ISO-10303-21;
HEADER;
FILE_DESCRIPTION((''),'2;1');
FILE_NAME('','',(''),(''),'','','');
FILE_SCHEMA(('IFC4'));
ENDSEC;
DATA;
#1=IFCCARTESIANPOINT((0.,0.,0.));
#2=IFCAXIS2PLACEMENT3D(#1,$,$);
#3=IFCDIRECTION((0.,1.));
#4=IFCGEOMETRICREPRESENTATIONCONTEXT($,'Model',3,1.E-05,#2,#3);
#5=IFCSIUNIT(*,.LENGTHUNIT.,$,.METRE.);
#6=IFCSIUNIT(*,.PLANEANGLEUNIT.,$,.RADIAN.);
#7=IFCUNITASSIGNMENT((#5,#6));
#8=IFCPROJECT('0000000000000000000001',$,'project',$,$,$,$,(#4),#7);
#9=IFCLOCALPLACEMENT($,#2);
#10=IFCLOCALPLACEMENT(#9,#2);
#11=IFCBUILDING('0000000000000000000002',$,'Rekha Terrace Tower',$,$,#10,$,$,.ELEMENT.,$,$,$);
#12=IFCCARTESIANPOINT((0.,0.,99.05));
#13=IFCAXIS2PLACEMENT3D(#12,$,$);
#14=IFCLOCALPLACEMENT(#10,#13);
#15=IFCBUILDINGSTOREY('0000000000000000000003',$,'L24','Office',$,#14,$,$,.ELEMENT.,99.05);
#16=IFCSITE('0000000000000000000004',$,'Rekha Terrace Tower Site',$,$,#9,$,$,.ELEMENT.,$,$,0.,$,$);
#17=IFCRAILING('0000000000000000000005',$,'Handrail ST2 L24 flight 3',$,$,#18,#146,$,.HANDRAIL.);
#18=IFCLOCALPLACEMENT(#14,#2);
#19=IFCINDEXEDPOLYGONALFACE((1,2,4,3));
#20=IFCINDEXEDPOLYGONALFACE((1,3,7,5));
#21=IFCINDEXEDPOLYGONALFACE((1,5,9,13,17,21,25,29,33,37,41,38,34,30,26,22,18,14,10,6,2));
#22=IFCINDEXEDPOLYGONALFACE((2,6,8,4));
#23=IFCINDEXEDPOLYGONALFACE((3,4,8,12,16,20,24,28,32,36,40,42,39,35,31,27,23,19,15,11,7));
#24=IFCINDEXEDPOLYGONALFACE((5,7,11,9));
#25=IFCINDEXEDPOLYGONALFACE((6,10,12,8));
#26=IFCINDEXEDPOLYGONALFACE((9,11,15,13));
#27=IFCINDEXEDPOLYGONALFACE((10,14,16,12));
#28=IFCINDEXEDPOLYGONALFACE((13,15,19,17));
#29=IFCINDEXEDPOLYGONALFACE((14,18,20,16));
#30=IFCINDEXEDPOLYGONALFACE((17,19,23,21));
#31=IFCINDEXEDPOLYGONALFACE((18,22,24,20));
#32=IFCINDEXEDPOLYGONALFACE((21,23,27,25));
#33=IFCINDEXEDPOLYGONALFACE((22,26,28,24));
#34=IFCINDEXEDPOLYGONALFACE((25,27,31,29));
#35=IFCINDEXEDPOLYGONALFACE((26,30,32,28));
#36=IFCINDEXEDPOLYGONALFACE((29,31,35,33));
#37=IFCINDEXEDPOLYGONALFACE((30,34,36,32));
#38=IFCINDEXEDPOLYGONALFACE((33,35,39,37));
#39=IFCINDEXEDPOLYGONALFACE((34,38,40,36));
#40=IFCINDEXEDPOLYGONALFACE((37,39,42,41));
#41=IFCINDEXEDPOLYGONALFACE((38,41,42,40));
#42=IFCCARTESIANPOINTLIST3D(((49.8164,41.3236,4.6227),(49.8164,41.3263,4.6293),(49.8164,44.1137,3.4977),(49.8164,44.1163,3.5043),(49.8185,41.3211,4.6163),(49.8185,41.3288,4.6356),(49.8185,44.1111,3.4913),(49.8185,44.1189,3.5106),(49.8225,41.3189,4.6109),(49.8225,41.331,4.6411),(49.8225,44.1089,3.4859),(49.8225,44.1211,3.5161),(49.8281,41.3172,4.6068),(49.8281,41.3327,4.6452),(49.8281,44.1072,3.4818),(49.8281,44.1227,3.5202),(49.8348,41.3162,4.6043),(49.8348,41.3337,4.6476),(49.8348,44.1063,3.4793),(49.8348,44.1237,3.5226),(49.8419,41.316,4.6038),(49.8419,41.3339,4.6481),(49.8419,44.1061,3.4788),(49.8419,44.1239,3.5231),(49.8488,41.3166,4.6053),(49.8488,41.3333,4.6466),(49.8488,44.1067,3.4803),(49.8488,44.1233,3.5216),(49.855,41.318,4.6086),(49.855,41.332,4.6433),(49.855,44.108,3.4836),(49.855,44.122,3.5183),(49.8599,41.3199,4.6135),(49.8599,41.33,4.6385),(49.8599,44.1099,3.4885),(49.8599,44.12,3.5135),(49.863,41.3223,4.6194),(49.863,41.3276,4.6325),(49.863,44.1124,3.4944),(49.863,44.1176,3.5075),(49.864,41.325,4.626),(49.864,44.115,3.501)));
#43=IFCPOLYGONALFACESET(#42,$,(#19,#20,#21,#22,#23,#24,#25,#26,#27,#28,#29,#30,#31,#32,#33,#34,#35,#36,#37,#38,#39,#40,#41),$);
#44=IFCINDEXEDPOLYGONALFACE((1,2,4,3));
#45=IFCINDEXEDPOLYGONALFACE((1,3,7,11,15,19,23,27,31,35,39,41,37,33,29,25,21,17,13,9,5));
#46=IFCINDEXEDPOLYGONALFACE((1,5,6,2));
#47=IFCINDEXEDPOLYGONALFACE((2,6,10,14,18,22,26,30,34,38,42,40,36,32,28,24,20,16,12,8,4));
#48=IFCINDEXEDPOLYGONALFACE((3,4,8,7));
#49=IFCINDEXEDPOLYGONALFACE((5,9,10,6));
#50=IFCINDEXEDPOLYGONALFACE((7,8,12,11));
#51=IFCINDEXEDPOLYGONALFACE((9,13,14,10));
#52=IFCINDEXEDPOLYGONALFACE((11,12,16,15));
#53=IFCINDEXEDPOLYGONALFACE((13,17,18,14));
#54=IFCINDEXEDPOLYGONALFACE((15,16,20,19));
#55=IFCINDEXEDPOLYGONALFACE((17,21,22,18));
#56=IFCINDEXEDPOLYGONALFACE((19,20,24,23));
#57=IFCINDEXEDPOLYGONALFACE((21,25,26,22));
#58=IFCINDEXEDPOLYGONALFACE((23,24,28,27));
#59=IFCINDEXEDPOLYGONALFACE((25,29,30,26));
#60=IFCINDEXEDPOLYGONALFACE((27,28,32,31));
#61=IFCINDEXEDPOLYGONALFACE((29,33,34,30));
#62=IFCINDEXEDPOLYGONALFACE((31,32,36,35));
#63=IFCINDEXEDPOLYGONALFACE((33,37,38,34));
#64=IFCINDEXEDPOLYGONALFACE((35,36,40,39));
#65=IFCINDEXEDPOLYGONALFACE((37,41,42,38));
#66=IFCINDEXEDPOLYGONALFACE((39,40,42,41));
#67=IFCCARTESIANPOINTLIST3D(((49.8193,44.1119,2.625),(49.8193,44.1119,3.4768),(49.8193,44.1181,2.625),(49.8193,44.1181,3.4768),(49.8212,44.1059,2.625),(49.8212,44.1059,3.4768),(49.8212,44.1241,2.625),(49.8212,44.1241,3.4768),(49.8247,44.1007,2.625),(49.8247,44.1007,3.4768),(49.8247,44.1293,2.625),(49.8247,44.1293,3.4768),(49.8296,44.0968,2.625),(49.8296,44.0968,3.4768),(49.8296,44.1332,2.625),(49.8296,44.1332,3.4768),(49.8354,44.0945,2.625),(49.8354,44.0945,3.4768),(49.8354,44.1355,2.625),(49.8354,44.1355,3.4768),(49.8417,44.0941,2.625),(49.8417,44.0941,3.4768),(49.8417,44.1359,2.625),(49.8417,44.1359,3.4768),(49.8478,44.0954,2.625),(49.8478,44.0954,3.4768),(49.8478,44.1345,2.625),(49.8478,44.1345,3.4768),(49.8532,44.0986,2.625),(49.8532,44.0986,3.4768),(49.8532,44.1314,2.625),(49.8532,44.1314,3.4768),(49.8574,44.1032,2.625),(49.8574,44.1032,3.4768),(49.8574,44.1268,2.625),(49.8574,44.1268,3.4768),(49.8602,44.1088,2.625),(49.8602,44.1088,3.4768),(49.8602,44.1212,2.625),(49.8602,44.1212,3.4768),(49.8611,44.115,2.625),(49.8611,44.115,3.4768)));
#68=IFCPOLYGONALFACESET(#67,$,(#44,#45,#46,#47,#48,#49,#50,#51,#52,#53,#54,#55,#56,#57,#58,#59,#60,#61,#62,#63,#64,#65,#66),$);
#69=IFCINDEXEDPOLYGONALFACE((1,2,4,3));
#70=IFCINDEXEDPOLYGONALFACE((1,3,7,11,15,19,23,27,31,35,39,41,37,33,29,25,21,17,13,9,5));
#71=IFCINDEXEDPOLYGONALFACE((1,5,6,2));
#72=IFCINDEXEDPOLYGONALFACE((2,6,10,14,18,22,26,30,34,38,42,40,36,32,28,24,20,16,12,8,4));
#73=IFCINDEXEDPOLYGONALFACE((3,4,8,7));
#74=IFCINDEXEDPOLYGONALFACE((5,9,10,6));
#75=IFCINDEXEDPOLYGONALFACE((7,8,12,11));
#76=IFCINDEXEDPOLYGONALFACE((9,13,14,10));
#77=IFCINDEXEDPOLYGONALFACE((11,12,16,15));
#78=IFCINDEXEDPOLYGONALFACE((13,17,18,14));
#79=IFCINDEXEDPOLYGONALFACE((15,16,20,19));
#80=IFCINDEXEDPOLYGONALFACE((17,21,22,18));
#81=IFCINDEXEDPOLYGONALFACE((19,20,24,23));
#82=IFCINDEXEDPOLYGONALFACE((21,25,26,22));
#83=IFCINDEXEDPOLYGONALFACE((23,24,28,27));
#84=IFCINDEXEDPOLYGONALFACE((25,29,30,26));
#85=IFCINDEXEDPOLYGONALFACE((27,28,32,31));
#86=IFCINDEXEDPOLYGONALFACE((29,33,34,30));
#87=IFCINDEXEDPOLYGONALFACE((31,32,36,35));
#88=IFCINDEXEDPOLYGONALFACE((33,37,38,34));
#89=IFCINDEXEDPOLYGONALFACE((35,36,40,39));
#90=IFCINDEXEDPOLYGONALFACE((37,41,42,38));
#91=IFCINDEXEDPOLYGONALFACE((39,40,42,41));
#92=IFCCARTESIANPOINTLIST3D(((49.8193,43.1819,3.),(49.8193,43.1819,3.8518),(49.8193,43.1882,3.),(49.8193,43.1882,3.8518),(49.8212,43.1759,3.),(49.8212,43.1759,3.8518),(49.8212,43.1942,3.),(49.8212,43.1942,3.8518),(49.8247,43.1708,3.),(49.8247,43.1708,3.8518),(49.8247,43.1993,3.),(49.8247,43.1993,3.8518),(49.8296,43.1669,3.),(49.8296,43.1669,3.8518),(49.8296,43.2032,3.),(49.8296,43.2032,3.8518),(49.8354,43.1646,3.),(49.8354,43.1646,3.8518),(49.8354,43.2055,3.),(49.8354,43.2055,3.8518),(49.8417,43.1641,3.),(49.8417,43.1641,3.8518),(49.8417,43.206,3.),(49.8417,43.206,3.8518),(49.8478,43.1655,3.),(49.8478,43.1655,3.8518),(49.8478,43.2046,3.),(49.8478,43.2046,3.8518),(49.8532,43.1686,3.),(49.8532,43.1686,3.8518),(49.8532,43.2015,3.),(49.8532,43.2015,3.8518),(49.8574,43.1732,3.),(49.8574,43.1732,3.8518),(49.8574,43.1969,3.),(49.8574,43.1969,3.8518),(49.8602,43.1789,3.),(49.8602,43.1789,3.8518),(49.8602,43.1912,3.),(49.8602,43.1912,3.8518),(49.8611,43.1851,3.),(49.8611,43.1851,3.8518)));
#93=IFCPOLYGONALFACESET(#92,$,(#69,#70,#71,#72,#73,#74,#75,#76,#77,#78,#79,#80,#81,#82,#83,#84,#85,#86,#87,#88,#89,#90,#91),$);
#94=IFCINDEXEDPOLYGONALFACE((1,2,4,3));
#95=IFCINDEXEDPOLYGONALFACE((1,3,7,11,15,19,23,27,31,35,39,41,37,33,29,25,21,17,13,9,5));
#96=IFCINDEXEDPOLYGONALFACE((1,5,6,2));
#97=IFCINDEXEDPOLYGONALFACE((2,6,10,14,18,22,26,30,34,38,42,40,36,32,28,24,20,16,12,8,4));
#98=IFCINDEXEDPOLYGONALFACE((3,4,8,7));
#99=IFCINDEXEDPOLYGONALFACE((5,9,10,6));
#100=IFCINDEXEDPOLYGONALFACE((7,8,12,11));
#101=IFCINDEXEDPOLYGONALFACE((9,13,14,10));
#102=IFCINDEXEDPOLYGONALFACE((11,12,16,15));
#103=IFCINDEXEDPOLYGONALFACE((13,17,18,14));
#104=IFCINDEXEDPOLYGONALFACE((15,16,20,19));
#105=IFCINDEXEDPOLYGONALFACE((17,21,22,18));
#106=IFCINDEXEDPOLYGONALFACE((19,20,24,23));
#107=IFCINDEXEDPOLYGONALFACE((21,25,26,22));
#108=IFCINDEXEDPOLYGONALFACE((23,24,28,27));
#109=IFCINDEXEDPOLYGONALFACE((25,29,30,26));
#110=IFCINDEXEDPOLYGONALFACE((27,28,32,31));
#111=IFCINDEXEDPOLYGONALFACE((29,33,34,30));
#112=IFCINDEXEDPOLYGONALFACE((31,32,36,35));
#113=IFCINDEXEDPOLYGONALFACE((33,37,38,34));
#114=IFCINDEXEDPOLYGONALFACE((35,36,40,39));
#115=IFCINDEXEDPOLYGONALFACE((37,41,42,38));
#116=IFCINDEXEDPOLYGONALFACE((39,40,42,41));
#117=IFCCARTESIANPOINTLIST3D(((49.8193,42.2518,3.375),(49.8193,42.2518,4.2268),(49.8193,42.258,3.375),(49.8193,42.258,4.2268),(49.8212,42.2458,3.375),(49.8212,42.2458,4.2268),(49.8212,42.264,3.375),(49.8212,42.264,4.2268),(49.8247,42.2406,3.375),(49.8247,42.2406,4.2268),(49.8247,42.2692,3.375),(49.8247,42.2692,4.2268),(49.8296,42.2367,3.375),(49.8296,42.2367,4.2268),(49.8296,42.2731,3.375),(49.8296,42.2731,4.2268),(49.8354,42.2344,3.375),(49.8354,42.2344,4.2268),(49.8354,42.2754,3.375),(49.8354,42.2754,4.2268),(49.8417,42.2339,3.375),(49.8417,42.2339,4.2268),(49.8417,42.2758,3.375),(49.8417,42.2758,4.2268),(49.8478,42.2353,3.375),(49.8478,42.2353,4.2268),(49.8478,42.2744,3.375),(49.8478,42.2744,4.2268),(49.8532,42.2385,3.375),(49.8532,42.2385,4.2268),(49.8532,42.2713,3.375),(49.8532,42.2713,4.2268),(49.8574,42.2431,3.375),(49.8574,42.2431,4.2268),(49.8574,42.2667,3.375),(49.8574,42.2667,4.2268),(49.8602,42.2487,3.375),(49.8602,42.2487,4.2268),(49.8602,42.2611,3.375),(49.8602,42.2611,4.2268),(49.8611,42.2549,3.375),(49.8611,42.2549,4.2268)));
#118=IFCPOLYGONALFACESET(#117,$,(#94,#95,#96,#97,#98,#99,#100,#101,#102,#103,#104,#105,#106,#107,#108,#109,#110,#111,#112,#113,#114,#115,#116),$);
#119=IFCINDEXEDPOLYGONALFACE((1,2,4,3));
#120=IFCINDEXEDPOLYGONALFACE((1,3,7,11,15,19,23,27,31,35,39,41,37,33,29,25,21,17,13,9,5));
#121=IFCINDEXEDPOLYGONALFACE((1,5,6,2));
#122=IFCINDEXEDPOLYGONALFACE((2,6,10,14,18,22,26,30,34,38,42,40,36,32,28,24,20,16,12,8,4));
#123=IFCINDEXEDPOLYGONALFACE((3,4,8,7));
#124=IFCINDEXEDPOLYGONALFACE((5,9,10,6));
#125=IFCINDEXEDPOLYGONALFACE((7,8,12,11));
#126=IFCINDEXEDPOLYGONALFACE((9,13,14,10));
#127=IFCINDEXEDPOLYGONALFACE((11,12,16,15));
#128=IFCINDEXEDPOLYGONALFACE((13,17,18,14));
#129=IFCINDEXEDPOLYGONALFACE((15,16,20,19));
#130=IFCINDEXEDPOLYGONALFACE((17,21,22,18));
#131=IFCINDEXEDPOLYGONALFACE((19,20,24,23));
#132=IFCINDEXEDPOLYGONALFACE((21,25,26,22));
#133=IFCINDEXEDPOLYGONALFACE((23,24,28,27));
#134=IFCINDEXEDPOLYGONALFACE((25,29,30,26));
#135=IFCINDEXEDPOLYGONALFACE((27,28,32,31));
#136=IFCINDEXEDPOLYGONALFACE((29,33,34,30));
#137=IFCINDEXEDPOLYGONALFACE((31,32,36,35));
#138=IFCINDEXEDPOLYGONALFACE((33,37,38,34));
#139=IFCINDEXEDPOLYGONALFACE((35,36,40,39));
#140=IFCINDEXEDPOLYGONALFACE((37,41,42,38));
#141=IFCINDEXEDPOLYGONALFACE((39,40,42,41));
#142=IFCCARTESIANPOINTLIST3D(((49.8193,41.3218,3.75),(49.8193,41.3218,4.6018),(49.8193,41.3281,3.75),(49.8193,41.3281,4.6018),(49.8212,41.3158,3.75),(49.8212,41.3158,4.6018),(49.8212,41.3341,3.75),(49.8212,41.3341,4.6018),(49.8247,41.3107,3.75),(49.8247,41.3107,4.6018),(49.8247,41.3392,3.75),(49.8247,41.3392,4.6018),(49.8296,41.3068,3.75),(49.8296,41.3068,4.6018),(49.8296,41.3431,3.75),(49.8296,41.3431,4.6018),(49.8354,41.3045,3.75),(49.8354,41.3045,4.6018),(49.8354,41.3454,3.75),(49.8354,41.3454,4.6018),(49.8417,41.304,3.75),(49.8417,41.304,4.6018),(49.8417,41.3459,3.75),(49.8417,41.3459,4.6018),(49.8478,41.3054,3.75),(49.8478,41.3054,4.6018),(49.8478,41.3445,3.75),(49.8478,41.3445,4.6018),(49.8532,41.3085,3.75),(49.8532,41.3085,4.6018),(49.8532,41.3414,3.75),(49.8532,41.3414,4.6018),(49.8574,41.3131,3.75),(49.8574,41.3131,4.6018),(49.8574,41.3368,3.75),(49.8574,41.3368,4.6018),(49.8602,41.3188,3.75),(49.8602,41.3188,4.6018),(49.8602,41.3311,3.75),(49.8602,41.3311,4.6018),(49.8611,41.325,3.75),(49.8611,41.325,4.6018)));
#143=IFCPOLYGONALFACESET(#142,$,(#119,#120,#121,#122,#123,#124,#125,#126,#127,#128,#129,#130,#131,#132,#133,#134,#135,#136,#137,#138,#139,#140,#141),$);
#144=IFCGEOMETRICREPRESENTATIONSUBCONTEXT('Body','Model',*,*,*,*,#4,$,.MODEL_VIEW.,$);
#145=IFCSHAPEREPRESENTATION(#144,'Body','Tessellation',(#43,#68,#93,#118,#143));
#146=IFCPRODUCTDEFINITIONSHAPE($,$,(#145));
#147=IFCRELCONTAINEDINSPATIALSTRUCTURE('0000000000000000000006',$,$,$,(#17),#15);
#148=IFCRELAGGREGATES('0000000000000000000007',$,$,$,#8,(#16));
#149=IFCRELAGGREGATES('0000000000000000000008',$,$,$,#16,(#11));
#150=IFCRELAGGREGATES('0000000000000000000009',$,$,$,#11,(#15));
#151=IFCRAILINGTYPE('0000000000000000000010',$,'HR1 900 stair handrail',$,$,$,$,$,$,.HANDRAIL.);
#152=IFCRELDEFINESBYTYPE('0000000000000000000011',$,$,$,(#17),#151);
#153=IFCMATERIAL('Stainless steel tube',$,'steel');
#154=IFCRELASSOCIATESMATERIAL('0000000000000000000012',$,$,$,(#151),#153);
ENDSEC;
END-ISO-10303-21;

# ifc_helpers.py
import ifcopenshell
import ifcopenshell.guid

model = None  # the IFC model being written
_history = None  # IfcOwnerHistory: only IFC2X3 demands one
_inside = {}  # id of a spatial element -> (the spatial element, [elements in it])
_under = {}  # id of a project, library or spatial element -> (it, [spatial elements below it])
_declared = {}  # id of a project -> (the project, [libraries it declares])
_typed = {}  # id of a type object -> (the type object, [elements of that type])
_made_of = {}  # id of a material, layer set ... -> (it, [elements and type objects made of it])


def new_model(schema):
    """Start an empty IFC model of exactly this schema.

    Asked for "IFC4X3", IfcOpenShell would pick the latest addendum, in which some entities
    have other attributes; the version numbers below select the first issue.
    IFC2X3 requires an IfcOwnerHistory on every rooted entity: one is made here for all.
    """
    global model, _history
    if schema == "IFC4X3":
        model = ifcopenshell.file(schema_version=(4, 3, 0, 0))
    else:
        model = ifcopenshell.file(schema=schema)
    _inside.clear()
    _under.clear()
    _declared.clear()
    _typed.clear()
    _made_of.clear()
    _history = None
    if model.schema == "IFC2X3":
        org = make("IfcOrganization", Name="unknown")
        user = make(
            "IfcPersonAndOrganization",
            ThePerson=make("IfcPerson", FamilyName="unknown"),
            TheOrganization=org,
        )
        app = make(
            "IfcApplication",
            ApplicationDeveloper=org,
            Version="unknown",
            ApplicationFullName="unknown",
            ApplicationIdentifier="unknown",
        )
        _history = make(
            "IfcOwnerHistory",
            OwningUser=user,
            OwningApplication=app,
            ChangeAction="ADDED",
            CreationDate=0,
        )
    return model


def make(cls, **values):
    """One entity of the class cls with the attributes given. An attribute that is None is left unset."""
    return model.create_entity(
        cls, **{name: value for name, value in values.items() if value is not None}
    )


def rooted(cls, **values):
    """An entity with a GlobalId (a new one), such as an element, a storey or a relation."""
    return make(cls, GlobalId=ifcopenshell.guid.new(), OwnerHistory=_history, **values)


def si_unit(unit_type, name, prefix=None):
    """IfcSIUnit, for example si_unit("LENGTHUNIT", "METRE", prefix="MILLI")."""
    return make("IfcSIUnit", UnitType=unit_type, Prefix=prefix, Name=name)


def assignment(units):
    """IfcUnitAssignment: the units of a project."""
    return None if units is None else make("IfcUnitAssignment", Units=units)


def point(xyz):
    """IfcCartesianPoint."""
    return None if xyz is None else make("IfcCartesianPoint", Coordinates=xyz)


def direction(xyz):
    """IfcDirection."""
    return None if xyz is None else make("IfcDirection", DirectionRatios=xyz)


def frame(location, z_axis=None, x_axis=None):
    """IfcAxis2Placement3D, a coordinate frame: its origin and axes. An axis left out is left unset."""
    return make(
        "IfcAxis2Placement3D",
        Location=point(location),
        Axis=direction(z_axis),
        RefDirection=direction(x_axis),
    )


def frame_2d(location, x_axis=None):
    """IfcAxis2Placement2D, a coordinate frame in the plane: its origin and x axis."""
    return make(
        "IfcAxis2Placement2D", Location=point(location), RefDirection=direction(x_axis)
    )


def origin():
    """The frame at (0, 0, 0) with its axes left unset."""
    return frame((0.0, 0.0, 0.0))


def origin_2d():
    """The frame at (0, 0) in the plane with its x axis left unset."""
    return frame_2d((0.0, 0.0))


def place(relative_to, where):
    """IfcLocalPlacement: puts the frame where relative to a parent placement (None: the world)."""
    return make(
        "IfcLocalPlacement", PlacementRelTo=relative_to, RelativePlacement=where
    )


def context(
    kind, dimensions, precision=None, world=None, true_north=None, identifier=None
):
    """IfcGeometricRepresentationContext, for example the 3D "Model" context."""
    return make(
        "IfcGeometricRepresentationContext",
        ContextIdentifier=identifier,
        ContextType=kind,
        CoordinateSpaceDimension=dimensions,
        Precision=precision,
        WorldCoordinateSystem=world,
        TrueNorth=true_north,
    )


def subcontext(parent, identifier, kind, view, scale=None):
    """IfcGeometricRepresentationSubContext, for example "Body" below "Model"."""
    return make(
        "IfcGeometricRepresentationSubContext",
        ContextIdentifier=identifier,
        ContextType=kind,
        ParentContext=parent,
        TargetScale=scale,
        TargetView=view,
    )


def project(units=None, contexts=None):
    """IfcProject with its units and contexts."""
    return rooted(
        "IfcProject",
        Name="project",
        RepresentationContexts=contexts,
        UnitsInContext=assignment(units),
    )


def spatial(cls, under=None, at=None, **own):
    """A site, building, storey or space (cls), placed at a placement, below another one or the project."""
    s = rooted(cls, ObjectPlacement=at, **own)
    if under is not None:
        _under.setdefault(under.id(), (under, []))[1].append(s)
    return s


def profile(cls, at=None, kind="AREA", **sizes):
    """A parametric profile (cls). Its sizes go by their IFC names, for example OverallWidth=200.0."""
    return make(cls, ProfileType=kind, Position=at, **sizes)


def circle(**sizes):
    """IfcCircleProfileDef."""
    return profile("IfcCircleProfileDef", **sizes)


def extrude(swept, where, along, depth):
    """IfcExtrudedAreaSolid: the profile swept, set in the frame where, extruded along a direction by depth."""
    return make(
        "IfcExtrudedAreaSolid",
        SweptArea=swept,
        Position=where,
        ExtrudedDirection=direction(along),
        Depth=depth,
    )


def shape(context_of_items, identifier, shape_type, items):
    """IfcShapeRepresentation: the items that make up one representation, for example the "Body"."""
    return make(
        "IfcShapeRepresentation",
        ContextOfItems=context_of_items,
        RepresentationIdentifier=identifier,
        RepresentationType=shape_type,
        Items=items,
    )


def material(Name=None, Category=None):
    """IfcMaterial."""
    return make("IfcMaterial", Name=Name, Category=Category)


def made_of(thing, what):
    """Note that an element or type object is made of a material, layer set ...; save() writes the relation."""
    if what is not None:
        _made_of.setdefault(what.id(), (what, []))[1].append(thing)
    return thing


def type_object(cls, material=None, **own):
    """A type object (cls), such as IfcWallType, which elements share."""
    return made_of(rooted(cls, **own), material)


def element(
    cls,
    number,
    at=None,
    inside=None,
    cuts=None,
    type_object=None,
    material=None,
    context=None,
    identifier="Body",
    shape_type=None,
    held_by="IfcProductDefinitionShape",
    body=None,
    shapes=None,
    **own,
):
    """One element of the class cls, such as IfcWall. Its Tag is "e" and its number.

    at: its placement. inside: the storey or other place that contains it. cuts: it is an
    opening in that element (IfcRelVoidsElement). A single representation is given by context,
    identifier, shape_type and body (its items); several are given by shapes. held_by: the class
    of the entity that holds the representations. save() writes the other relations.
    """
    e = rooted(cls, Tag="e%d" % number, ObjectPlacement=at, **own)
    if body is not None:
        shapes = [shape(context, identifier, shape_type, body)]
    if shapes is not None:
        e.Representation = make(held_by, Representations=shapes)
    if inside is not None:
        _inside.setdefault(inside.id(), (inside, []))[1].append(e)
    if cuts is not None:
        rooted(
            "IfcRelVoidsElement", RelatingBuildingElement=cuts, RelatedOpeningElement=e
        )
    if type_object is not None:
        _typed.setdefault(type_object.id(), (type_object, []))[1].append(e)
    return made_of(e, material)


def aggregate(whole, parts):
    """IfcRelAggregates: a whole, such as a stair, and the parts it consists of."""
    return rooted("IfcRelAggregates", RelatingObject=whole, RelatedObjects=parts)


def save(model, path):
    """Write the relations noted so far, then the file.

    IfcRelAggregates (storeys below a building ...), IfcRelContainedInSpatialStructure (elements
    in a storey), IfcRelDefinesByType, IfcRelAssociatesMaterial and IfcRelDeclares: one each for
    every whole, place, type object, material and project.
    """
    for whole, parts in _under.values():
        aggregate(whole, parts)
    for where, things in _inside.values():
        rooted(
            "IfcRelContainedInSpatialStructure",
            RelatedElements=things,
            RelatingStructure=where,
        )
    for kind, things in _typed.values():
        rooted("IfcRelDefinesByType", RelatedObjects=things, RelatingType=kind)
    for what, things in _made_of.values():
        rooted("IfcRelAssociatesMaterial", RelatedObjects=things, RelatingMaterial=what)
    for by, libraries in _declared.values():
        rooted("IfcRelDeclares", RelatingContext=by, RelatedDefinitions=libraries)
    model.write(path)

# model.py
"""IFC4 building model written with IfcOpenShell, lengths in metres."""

from ifc_helpers import new_model, si_unit, direction, frame, origin, origin_2d, place, context, subcontext, project, spatial, circle, extrude, material, type_object, element, save


model = new_model("IFC4")

# Units and contexts
model_context = context("Model", 3, precision=1e-05, world=origin(), true_north=direction((0.0, 1.0)))
body_context = subcontext(model_context, "Body", "Model", "MODEL_VIEW")
ifc_project = project(units=[si_unit("LENGTHUNIT", "METRE"), si_unit("PLANEANGLEUNIT", "RADIAN")], contexts=[model_context])

# Site, building, storey
site_placement = place(None, origin())
site = spatial("IfcSite", under=ifc_project, at=site_placement, Name="Rekha Terrace Tower Site", CompositionType="ELEMENT", RefElevation=0.0)
building_placement = place(site_placement, origin())
building = spatial("IfcBuilding", under=site, at=building_placement, Name="Rekha Terrace Tower", CompositionType="ELEMENT")
storey_placement = place(building_placement, frame((0.0, 0.0, 99.05)))
storey = spatial("IfcBuildingStorey", under=building, at=storey_placement, Name="L24", Description="Office", CompositionType="ELEMENT", Elevation=99.05)

# Railing
ifc_material_1 = material(Name="Stainless steel tube", Category="steel")
railing_type_1 = type_object("IfcRailingType", Name="HR1 900 stair handrail", PredefinedType="HANDRAIL", material=ifc_material_1)
railing_1_placement = place(storey_placement, frame((49.8401, 44.115, 2.625)))
element("IfcRailing", 1, at=railing_1_placement, inside=storey, type_object=railing_type_1, Name="Handrail ST2 L24 flight 3", PredefinedType="HANDRAIL", context=body_context, shape_type="SweptSolid", body=[
    extrude(circle(Radius=0.0239, at=origin_2d()), frame((0.0, 0.0, 0.876), z_axis=(0.0, -0.927443, 0.373964), x_axis=(1.0, 0.0, 0.0)), (0.0, 0.0, 1.0), 3.0083),
    extrude(circle(Radius=0.021, at=origin_2d()), origin(), (0.0, 0.0, 1.0), 0.8518),
    extrude(circle(Radius=0.021, at=origin_2d()), frame((0.0, -0.9299, 0.375)), (0.0, 0.0, 1.0), 0.8518),
    extrude(circle(Radius=0.021, at=origin_2d()), frame((0.0, -1.8601, 0.75)), (0.0, 0.0, 1.0), 0.8518),
    extrude(circle(Radius=0.021, at=origin_2d()), frame((0.0, -2.79, 1.125)), (0.0, 0.0, 1.0), 0.8518),
])

save(model, "model.ifc")
